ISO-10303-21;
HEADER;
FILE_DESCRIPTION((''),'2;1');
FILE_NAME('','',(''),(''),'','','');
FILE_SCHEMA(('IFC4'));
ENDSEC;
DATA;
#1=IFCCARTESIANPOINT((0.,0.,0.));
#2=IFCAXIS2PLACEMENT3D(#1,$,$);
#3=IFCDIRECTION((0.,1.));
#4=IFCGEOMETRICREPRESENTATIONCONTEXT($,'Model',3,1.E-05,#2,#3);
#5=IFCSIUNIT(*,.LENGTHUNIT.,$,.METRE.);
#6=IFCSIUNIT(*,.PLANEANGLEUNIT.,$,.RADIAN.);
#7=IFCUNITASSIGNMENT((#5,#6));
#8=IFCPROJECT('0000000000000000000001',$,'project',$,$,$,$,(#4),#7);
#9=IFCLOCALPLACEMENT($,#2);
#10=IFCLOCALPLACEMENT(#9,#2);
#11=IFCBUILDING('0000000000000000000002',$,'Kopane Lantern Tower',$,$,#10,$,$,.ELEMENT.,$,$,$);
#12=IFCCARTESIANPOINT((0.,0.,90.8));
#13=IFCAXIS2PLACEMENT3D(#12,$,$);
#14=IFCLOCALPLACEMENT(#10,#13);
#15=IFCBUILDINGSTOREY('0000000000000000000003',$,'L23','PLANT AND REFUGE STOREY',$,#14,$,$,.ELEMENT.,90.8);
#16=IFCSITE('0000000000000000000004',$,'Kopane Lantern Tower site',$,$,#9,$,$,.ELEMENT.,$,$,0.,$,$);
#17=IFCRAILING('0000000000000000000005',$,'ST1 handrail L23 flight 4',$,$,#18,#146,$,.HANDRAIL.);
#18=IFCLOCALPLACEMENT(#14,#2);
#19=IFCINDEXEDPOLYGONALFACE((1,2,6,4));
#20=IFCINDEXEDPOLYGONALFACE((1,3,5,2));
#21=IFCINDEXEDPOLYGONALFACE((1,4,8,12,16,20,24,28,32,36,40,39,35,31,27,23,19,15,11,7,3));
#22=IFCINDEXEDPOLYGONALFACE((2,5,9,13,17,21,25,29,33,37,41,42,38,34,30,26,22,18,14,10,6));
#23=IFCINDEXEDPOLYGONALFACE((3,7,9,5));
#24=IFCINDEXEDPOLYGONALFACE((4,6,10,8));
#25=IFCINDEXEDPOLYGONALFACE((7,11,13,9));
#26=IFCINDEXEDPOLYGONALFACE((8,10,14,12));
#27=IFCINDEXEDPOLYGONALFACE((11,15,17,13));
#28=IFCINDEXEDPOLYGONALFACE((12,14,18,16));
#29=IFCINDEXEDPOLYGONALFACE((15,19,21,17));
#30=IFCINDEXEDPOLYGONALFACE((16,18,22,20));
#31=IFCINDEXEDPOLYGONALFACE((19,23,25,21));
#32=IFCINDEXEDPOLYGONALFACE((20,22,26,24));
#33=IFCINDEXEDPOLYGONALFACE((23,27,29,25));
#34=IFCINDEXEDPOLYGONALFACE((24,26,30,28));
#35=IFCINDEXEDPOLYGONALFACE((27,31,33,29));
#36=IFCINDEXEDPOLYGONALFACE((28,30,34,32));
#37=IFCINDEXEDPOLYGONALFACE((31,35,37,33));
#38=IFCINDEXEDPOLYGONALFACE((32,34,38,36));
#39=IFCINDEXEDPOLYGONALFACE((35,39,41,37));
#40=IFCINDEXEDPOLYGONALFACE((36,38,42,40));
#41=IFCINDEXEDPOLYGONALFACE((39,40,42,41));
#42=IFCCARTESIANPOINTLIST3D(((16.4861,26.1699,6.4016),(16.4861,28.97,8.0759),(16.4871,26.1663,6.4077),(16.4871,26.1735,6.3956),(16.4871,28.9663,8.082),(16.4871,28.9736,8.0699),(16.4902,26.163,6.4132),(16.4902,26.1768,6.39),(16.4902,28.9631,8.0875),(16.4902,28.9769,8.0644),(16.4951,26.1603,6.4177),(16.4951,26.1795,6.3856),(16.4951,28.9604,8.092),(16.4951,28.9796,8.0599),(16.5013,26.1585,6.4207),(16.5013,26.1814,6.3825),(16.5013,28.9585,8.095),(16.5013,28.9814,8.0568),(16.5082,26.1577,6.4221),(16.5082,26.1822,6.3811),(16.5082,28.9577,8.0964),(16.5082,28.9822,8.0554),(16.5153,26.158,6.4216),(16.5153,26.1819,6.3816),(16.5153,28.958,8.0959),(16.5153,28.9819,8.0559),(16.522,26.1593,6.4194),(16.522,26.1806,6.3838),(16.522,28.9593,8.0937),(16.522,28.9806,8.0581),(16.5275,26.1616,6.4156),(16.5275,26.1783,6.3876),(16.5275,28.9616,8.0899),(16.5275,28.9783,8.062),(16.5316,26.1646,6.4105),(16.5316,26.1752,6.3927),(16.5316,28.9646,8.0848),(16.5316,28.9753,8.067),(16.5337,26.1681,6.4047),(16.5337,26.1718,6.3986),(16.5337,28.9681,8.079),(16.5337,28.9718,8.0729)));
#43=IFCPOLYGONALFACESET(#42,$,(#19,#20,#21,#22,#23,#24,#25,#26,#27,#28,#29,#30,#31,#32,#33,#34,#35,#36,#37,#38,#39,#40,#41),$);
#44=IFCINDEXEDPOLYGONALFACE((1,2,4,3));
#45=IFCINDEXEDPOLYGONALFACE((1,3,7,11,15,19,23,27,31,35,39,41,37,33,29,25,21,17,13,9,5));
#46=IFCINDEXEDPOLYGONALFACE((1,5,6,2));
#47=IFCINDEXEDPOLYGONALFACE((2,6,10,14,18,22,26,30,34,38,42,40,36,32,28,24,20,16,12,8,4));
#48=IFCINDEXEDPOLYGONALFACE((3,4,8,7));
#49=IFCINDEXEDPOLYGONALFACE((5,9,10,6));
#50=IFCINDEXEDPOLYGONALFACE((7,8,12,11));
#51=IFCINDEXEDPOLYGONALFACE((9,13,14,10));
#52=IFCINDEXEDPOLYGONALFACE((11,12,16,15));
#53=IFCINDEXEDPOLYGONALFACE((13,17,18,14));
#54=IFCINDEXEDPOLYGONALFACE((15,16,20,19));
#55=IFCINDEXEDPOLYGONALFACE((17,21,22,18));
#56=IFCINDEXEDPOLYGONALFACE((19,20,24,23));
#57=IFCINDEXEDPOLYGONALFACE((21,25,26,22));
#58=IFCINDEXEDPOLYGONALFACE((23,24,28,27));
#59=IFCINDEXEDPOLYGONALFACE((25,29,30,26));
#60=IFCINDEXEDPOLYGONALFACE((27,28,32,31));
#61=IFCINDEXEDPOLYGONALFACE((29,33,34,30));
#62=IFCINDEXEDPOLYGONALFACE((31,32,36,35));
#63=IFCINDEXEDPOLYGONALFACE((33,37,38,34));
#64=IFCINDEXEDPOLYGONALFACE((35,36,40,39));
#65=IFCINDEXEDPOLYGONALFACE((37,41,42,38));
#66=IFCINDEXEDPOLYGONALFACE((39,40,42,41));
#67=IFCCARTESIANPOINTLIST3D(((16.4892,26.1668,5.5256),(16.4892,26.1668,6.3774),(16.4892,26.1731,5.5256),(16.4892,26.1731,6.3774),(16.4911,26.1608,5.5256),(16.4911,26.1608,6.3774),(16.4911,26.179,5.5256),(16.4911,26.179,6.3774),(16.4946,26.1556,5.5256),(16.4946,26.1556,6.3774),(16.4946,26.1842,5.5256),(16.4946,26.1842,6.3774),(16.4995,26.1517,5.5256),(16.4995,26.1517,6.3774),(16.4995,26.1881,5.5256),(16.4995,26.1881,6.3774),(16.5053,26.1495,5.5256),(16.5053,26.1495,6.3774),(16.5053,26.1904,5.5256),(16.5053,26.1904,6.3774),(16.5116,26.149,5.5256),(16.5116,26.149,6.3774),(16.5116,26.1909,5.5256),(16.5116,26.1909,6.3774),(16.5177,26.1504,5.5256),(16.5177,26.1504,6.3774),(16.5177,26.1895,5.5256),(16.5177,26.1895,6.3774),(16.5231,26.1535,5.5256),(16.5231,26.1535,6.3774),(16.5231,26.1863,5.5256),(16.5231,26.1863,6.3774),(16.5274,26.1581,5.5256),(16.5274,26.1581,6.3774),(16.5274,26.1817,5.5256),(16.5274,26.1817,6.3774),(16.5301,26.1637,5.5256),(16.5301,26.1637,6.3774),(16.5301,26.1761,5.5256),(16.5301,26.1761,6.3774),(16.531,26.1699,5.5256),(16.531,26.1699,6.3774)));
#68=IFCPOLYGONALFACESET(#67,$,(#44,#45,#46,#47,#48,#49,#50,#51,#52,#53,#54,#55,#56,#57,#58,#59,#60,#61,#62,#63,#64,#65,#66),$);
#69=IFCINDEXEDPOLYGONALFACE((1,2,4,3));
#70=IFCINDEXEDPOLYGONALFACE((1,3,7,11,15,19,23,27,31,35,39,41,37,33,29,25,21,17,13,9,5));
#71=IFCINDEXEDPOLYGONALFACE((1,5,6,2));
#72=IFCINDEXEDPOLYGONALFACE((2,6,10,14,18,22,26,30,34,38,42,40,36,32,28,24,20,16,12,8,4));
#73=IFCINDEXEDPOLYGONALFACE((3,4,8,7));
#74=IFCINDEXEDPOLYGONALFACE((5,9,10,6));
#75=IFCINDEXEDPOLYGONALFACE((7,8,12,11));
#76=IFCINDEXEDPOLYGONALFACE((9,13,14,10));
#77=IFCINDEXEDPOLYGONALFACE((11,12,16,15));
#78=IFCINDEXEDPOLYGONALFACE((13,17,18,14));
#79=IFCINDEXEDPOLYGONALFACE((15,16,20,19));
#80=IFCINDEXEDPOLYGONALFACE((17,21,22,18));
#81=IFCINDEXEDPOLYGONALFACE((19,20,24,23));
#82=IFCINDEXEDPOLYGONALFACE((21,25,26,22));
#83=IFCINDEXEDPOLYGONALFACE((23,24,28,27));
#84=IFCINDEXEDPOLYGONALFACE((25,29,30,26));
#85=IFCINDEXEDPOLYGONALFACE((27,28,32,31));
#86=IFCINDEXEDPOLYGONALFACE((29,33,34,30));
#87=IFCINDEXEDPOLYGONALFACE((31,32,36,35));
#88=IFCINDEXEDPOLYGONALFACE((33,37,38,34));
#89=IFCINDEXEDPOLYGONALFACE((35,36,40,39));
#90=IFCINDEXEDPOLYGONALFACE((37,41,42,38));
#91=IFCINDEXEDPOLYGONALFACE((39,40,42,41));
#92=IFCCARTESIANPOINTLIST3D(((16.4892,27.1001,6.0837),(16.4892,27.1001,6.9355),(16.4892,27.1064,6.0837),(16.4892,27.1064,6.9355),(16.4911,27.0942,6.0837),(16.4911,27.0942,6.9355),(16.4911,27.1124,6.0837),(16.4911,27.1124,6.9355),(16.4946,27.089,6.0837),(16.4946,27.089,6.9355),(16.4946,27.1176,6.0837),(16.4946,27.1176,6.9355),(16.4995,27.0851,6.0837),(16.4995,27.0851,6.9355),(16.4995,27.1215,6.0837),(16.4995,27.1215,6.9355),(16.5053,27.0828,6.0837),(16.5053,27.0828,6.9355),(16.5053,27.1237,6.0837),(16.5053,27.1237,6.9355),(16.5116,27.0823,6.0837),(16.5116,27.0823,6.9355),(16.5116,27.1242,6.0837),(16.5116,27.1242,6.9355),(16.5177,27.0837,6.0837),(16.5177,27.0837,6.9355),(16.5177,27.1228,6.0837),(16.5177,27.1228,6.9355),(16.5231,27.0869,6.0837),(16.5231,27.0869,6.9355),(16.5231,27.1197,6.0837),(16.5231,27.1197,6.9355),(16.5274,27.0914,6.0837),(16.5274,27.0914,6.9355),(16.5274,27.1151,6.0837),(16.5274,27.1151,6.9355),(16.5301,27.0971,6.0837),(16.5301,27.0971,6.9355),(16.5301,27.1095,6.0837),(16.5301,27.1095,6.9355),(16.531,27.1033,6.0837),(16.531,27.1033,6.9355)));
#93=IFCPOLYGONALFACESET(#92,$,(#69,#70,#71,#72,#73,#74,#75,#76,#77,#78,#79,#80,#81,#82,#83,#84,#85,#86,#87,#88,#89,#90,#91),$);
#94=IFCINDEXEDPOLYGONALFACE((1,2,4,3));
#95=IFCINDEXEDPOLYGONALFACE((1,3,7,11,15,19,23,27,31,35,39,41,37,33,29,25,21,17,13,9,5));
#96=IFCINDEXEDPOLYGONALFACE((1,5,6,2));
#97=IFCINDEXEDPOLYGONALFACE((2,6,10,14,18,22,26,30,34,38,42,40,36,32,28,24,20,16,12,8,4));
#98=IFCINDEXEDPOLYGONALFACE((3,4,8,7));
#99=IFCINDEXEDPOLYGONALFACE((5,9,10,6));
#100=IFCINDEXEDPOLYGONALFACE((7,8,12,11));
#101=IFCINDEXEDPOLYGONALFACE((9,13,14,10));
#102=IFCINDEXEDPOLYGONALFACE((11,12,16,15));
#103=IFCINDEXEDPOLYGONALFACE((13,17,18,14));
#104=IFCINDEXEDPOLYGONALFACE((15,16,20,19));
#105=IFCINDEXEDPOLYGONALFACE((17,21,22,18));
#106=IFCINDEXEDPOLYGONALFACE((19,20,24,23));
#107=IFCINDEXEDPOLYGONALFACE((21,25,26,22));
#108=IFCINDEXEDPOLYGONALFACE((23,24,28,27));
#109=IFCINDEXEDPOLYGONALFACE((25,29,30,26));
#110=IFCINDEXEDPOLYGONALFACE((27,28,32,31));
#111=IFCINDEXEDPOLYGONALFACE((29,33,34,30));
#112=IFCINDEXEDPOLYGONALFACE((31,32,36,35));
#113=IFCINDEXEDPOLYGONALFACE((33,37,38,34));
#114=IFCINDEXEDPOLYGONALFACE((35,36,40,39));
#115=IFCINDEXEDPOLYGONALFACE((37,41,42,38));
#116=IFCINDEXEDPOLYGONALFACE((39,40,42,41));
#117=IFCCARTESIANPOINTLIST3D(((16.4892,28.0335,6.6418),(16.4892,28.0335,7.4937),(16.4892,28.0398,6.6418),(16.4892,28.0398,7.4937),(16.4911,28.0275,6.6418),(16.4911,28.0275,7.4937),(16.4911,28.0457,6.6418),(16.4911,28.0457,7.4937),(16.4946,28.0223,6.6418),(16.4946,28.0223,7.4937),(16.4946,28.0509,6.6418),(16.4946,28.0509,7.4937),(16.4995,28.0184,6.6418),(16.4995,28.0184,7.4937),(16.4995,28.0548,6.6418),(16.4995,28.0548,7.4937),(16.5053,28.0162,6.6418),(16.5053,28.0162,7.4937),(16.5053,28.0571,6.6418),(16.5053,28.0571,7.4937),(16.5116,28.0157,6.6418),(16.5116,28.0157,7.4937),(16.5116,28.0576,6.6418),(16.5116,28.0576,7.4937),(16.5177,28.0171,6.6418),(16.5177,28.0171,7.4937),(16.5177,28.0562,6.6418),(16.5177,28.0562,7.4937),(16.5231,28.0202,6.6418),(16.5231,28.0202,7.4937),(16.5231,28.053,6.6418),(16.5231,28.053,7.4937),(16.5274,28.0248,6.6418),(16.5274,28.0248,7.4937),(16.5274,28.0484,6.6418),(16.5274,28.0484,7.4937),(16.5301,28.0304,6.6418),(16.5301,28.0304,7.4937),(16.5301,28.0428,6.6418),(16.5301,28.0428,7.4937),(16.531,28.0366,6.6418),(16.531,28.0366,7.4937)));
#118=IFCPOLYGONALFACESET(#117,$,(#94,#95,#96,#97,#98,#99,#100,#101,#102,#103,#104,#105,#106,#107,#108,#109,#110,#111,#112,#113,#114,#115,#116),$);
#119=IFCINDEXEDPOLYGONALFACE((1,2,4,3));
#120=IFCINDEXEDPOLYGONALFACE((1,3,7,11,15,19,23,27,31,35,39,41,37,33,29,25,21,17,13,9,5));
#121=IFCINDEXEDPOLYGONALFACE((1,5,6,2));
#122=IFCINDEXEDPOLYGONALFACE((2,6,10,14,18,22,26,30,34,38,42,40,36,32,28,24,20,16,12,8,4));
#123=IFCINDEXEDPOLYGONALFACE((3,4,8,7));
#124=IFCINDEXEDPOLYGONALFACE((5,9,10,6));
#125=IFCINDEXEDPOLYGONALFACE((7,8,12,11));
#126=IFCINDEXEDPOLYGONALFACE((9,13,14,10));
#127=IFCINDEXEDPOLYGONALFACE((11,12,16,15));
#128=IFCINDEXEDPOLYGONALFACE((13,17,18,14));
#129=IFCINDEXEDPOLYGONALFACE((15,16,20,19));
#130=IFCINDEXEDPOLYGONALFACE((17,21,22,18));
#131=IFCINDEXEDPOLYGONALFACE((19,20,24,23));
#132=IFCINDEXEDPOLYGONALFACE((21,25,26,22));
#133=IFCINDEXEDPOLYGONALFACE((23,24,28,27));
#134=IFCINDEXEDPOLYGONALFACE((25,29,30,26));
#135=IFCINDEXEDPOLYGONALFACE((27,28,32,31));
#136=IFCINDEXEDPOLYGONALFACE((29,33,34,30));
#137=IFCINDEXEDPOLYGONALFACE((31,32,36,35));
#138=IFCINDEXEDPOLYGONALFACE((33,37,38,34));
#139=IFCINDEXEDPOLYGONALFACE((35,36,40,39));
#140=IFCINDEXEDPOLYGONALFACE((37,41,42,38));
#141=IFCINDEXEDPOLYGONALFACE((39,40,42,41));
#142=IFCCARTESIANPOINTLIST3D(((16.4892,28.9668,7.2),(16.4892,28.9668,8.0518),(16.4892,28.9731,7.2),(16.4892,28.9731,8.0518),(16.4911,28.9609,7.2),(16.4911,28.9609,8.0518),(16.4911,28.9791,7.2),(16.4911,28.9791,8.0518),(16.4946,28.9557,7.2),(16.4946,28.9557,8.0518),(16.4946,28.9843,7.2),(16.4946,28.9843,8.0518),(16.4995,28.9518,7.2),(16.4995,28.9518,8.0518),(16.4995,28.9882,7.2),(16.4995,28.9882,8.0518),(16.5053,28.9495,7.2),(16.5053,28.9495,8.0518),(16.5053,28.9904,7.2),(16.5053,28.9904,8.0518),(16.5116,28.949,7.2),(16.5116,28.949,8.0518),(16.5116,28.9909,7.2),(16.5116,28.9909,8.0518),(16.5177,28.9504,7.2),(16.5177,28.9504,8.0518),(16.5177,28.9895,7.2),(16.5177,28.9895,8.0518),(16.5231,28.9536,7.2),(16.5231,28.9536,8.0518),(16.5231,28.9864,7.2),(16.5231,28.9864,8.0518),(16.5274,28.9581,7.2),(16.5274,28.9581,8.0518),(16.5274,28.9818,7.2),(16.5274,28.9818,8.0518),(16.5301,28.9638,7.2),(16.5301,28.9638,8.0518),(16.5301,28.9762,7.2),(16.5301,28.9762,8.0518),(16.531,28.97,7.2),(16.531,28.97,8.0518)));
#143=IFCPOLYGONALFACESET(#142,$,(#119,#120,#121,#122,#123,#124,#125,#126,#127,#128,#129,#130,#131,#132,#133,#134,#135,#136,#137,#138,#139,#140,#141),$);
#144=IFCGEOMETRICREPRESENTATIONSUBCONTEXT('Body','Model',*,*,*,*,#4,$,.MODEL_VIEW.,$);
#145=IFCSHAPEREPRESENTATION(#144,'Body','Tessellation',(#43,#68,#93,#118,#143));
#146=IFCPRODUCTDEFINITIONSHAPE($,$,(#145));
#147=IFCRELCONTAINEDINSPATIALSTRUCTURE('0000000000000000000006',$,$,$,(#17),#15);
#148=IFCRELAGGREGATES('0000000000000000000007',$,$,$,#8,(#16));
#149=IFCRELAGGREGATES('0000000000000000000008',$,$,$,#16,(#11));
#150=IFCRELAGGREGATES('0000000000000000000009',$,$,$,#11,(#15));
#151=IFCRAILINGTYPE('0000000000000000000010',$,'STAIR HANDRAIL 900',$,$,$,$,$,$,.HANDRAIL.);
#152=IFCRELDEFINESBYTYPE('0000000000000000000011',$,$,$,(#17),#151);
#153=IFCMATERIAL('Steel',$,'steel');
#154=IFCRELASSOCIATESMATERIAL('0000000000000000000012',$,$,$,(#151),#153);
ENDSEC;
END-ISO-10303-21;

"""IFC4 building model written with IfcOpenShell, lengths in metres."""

from ifc_helpers import new_model, si_unit, direction, frame, origin, origin_2d, place, context, subcontext, project, spatial, circle, extrude, material, type_object, element, save


model = new_model("IFC4")

# Units and contexts
model_context = context("Model", 3, precision=1e-05, world=origin(), true_north=direction((0.0, 1.0)))
body_context = subcontext(model_context, "Body", "Model", "MODEL_VIEW")
ifc_project = project(units=[si_unit("LENGTHUNIT", "METRE"), si_unit("PLANEANGLEUNIT", "RADIAN")], contexts=[model_context])

# Site, building, storey
site_placement = place(None, origin())
site = spatial("IfcSite", under=ifc_project, at=site_placement, Name="Kopane Lantern Tower site", CompositionType="ELEMENT", RefElevation=0.0)
building_placement = place(site_placement, origin())
building = spatial("IfcBuilding", under=site, at=building_placement, Name="Kopane Lantern Tower", CompositionType="ELEMENT")
storey_placement = place(building_placement, frame((0.0, 0.0, 90.8)))
storey = spatial("IfcBuildingStorey", under=building, at=storey_placement, Name="L23", Description="PLANT AND REFUGE STOREY", CompositionType="ELEMENT", Elevation=90.8)

# Railing
ifc_material_1 = material(Name="Steel", Category="steel")
railing_type = type_object("IfcRailingType", Name="STAIR HANDRAIL 900", PredefinedType="HANDRAIL", material=ifc_material_1)
for number, where, name in (
    (1, (16.51, 26.1699, 5.5256), "ST1 handrail L23 flight 4"),
):
    element("IfcRailing", number, at=place(storey_placement, frame(where)), inside=storey, type_object=railing_type, Name=name, PredefinedType="HANDRAIL", context=body_context, shape_type="SweptSolid", body=[
        extrude(circle(Radius=0.0239, at=origin_2d()), frame((0.0, 0.0, 0.876), z_axis=(0.0, 0.858265, 0.513208), x_axis=(-1.0, 0.0, 0.0)), (0.0, 0.0, 1.0), 3.2625),
        extrude(circle(Radius=0.021, at=origin_2d()), origin(), (0.0, 0.0, 1.0), 0.8518),
        extrude(circle(Radius=0.021, at=origin_2d()), frame((0.0, 0.9333, 0.5581)), (0.0, 0.0, 1.0), 0.8518),
        extrude(circle(Radius=0.021, at=origin_2d()), frame((0.0, 1.8667, 1.1162)), (0.0, 0.0, 1.0), 0.8518),
        extrude(circle(Radius=0.021, at=origin_2d()), frame((0.0, 2.8, 1.6743)), (0.0, 0.0, 1.0), 0.8518),
    ])

save(model, "model.ifc")
